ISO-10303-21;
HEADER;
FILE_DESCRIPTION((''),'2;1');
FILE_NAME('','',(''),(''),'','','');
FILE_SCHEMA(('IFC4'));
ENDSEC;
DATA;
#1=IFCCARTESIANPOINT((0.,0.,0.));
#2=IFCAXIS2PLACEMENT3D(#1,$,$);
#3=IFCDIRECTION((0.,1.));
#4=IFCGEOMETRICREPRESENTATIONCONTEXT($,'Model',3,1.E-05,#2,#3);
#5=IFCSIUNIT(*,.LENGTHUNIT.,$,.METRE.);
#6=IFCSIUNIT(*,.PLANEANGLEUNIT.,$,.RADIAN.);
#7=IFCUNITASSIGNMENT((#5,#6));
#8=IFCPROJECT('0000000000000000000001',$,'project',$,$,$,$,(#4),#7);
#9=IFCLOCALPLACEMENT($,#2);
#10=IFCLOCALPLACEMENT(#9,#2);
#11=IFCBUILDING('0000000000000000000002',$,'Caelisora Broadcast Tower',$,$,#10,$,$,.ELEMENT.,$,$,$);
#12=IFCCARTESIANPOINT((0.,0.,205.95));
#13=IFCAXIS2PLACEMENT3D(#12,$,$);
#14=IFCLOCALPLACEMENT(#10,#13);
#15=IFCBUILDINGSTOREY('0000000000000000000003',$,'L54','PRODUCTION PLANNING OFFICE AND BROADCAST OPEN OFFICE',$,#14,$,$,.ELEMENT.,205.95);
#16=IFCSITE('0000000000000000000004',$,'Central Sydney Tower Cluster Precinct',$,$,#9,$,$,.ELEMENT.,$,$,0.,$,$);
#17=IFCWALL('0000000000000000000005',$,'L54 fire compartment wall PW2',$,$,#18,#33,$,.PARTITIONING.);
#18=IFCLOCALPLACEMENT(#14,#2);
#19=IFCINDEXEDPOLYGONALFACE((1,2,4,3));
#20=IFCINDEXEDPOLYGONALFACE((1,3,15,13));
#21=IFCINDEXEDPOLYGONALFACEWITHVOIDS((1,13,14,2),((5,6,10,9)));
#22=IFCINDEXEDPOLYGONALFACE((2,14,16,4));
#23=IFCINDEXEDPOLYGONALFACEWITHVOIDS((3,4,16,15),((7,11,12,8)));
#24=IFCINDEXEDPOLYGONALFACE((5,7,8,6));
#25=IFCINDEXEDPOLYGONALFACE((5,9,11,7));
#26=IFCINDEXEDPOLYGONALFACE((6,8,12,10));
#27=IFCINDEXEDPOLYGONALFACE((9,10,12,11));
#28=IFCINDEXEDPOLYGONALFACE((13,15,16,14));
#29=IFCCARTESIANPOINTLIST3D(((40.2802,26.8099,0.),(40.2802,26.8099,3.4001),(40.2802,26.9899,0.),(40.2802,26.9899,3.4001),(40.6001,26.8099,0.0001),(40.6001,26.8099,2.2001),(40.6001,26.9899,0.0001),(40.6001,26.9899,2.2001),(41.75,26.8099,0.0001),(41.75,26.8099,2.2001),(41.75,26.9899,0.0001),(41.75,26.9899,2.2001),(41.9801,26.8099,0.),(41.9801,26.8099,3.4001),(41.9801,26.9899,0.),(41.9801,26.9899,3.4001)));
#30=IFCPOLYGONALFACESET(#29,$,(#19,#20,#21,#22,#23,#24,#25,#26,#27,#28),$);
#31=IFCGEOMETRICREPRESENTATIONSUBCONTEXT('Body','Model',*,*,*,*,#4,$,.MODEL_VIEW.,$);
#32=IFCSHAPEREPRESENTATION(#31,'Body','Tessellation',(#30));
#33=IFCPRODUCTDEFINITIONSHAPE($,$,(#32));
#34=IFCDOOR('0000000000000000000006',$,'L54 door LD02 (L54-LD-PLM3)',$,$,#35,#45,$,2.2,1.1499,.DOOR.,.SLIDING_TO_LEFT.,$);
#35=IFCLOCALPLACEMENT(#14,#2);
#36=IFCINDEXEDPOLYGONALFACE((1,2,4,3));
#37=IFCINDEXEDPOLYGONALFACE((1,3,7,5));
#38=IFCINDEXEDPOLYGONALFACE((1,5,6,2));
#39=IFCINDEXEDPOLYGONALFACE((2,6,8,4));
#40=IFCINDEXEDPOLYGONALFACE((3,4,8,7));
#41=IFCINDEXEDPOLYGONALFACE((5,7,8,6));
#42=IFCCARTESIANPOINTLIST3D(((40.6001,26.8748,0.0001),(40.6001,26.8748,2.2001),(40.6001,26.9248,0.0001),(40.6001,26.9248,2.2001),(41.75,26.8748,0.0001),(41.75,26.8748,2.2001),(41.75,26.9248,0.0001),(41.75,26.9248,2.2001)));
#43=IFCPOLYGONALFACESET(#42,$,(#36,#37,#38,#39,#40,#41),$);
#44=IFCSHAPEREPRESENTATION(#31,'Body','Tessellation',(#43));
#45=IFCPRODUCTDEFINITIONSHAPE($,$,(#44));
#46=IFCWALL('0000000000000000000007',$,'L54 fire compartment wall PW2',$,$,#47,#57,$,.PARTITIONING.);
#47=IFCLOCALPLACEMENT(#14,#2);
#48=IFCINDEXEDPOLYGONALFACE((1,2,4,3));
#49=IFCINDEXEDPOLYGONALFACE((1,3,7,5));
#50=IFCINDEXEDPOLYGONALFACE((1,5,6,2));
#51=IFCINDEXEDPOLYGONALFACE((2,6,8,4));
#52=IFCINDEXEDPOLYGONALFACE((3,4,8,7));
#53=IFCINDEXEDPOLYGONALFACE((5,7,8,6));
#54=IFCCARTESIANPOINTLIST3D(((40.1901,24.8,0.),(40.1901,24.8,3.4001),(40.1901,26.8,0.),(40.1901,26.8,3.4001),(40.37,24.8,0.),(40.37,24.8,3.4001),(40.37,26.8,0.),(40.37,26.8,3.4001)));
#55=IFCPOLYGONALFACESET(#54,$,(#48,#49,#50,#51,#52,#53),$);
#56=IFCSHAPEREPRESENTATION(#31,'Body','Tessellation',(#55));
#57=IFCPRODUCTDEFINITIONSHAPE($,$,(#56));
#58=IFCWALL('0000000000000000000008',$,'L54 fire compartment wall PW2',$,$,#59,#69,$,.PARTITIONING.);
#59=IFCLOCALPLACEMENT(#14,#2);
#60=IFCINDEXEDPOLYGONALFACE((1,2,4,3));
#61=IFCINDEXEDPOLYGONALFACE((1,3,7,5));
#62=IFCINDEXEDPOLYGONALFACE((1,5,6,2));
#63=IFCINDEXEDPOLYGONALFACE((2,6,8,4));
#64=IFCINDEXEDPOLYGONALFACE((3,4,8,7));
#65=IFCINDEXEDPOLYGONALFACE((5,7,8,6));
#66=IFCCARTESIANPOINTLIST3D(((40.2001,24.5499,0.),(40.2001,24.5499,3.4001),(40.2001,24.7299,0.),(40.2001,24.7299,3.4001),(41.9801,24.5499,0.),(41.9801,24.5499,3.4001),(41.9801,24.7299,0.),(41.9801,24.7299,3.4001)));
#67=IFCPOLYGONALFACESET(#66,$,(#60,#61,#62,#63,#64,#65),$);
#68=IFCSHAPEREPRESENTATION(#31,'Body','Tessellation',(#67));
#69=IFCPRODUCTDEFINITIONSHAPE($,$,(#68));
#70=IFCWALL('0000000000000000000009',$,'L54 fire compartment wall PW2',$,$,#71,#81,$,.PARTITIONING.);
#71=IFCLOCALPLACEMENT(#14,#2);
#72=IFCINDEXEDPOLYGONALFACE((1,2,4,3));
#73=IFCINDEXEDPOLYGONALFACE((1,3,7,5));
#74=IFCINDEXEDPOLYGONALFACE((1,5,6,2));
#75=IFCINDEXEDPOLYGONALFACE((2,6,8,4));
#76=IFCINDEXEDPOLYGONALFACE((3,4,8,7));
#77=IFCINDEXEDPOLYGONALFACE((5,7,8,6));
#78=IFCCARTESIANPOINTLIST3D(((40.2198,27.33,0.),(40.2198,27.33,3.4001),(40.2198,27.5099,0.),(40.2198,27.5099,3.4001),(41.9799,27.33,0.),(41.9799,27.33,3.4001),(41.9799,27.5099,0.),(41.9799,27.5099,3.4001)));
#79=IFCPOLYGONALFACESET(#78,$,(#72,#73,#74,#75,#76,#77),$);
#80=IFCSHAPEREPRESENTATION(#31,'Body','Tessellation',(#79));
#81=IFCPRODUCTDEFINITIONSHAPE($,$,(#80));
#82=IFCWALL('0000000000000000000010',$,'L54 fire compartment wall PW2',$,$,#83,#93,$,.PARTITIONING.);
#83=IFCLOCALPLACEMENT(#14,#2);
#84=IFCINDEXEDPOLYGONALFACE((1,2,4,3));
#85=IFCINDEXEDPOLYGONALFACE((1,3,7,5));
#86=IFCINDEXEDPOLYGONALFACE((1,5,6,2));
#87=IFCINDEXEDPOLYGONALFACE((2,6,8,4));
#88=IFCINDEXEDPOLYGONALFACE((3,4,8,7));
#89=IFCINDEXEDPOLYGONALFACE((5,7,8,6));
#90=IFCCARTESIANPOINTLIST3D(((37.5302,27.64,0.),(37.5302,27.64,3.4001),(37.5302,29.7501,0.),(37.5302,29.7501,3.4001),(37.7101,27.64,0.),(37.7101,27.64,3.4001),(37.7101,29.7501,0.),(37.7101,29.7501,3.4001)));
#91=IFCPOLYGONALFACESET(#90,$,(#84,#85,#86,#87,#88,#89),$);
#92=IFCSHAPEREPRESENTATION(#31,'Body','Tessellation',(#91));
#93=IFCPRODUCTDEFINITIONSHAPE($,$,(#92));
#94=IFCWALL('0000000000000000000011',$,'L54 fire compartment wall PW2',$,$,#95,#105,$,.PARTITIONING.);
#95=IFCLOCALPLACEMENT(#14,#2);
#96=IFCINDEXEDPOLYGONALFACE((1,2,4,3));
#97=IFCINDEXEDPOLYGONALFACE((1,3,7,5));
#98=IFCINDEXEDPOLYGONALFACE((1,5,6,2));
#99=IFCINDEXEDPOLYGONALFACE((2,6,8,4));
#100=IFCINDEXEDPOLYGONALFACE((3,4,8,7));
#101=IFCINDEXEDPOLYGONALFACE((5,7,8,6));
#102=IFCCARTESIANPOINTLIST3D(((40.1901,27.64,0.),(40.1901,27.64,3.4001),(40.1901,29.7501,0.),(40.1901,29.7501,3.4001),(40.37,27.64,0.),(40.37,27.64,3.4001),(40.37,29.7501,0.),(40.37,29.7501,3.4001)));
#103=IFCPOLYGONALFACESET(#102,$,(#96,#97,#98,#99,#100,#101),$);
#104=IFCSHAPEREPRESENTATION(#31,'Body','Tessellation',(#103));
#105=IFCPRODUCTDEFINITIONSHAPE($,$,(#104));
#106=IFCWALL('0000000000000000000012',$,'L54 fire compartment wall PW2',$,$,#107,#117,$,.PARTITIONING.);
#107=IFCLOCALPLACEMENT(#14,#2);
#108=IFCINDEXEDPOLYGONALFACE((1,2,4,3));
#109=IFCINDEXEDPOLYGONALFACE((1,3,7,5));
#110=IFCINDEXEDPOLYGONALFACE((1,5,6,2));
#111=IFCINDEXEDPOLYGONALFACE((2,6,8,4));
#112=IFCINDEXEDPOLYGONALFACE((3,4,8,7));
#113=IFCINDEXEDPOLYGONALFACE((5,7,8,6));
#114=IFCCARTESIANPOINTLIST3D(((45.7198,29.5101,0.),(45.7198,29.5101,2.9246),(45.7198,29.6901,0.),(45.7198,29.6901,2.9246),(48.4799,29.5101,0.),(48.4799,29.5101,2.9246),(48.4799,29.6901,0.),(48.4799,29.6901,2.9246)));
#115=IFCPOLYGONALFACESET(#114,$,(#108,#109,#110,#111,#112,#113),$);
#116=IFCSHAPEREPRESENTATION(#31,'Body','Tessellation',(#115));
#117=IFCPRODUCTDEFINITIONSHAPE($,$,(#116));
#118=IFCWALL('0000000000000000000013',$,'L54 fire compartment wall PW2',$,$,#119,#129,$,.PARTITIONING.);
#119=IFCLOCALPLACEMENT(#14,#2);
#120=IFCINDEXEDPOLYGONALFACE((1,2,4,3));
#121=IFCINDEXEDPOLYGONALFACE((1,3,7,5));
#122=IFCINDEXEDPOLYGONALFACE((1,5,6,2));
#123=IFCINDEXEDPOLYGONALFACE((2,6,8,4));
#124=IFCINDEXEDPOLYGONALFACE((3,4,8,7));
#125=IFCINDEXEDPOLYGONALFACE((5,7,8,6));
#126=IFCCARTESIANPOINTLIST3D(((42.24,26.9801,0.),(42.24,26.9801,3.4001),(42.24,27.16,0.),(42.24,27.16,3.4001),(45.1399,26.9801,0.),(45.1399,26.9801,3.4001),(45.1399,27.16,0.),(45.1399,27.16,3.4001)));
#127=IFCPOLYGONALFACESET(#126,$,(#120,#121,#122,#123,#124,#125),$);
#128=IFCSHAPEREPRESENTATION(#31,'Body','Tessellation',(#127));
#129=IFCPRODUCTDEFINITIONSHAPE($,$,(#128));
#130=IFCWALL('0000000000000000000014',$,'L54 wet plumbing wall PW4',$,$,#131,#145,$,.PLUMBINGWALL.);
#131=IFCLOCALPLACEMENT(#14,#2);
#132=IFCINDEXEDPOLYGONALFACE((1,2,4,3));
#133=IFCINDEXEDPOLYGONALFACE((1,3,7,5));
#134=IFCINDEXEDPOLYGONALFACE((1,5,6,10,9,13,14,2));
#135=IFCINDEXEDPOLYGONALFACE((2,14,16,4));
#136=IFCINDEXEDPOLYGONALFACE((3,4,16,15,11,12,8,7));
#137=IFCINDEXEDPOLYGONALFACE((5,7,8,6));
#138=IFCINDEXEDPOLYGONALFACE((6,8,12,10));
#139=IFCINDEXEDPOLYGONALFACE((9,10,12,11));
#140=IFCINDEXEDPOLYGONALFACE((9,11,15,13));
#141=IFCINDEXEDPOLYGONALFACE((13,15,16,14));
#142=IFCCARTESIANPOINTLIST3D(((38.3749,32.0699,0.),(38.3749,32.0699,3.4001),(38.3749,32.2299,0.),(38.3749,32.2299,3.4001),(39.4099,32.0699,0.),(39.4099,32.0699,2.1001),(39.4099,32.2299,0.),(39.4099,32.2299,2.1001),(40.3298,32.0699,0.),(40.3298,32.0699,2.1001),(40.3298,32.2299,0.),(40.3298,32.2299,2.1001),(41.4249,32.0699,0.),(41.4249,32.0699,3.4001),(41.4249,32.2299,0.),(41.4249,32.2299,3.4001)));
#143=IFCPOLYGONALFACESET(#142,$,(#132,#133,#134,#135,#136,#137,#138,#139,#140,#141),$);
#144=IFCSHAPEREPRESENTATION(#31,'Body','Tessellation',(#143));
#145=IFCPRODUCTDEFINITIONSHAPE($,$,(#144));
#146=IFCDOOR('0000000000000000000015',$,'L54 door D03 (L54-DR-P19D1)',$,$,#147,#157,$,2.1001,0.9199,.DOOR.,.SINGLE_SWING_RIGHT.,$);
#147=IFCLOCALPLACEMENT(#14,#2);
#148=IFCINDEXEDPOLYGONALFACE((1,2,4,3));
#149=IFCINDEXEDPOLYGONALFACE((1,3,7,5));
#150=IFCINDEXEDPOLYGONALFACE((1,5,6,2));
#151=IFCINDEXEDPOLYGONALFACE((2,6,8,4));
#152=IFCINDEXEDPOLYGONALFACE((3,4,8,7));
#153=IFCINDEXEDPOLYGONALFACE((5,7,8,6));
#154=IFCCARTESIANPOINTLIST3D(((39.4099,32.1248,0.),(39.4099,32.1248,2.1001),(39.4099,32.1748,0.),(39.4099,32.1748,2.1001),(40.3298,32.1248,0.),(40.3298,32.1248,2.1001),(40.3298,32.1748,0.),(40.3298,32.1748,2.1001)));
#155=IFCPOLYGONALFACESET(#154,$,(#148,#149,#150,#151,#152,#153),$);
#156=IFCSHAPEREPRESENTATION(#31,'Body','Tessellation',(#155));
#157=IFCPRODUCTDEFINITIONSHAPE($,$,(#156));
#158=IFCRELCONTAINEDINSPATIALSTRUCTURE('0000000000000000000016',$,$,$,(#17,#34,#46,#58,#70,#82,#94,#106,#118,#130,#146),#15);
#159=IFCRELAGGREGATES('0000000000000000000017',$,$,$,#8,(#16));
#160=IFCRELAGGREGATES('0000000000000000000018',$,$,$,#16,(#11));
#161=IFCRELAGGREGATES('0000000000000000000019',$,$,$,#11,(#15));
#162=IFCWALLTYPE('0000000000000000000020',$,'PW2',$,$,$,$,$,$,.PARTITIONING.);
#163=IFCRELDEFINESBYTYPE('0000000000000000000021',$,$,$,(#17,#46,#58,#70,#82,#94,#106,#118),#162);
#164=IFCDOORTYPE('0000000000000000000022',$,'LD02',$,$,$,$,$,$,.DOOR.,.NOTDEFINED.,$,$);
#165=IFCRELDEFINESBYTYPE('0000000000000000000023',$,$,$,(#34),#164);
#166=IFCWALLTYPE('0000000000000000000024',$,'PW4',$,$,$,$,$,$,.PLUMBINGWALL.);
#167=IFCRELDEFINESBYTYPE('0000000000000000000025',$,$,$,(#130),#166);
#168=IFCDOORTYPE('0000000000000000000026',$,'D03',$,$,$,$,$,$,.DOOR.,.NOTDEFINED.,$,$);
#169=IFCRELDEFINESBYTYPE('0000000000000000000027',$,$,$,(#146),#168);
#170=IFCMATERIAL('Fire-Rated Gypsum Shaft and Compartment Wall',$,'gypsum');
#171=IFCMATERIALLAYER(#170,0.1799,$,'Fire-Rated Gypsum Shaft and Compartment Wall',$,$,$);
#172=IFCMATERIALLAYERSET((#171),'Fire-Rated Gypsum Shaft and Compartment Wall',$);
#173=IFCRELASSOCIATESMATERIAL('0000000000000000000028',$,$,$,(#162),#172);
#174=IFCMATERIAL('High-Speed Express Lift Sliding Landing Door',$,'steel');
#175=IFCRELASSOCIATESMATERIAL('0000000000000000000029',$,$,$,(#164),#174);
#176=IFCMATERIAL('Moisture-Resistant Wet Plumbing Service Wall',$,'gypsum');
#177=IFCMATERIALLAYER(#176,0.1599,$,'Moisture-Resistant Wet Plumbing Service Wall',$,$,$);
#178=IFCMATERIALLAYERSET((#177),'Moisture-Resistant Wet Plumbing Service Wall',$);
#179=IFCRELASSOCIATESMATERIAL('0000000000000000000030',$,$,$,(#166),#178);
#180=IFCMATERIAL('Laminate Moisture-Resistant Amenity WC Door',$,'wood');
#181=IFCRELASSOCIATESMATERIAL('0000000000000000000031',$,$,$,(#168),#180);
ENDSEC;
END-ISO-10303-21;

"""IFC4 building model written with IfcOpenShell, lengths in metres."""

from ifc_helpers import new_model, si_unit, direction, frame, frame_2d, origin, place, context, subcontext, project, spatial, rectangle, extrude, material, layer, layer_set, type_object, element, fill, save


model = new_model("IFC4")

# Units and contexts
model_context = context("Model", 3, precision=1e-05, world=origin(), true_north=direction((0.0, 1.0)))
body_context = subcontext(model_context, "Body", "Model", "MODEL_VIEW")
ifc_project = project(units=[si_unit("LENGTHUNIT", "METRE"), si_unit("PLANEANGLEUNIT", "RADIAN")], contexts=[model_context])

# Site, building, storey
site_placement = place(None, origin())
site = spatial("IfcSite", under=ifc_project, at=site_placement, Name="Central Sydney Tower Cluster Precinct", CompositionType="ELEMENT", RefElevation=0.0)
building_placement = place(site_placement, origin())
building = spatial("IfcBuilding", under=site, at=building_placement, Name="Caelisora Broadcast Tower", CompositionType="ELEMENT")
storey_placement = place(building_placement, frame((0.0, 0.0, 205.95)))
storey = spatial("IfcBuildingStorey", under=building, at=storey_placement, Name="L54", Description="PRODUCTION PLANNING OFFICE AND BROADCAST OPEN OFFICE", CompositionType="ELEMENT", Elevation=205.95)

# Wall, opening, door
ifc_material_1 = material(Name="Fire-Rated Gypsum Shaft and Compartment Wall", Category="gypsum")
ifc_layer_1 = layer(ifc_material_1, 0.1799, Name="Fire-Rated Gypsum Shaft and Compartment Wall")
ifc_layer_set_1 = layer_set([ifc_layer_1], Name="Fire-Rated Gypsum Shaft and Compartment Wall")
wall_type_1 = type_object("IfcWallType", Name="PW2", PredefinedType="PARTITIONING", material=ifc_layer_set_1)
wall_1_placement = place(storey_placement, frame((40.28, 26.8999, 0.0), z_axis=(0.0, 0.0, 1.0), x_axis=(1.0, 0.0, 0.0)))
wall_1 = element("IfcWall", 1, at=wall_1_placement, inside=storey, type_object=wall_type_1, Name="L54 fire compartment wall PW2", PredefinedType="PARTITIONING", context=body_context, shape_type="SweptSolid", body=[
    extrude(rectangle(XDim=1.7, YDim=0.1799, at=frame_2d((0.8501, 0.0))), origin(), (0.0, 0.0, 1.0), 3.4001),
])
opening_1_placement = place(wall_1_placement, frame((0.3201, 0.0, 0.0)))
opening_1 = element("IfcOpeningElement", 2, at=opening_1_placement, cuts=wall_1, PredefinedType="OPENING", context=body_context, shape_type="SweptSolid", body=[
    extrude(rectangle(XDim=1.1499, YDim=2.2, at=frame_2d((0.575, 1.1001))), frame((0.0, 0.1021, 0.0), z_axis=(0.0, -1.0, 0.0), x_axis=(1.0, 0.0, 0.0)), (0.0, 0.0, 1.0), 0.2039),
])
ifc_material_2 = material(Name="High-Speed Express Lift Sliding Landing Door", Category="steel")
door_type_1 = type_object("IfcDoorType", Name="LD02", OperationType="NOTDEFINED", PredefinedType="DOOR", material=ifc_material_2)
door_1_placement = place(opening_1_placement, origin())
door_1 = element("IfcDoor", 3, at=door_1_placement, inside=storey, type_object=door_type_1, Name="L54 door LD02 (L54-LD-PLM3)", OperationType="SLIDING_TO_LEFT", OverallHeight=2.2, OverallWidth=1.1499, PredefinedType="DOOR", context=body_context, shape_type="SweptSolid", body=[
    extrude(rectangle(XDim=1.1499, YDim=2.2, at=frame_2d((0.575, 1.1001))), frame((0.0, 0.0249, 0.0), z_axis=(0.0, -1.0, 0.0), x_axis=(1.0, 0.0, 0.0)), (0.0, 0.0, 1.0), 0.05),
])
fill(opening_1, door_1)

# Walls
wall_2_placement = place(storey_placement, frame((40.28, 24.8, 0.0), z_axis=(0.0, 0.0, 1.0), x_axis=(0.0, 1.0, 0.0)))
element("IfcWall", 4, at=wall_2_placement, inside=storey, type_object=wall_type_1, Name="L54 fire compartment wall PW2", PredefinedType="PARTITIONING", context=body_context, shape_type="SweptSolid", body=[
    extrude(rectangle(XDim=2.0, YDim=0.1799, at=frame_2d((1.0, 0.0))), origin(), (0.0, 0.0, 1.0), 3.4001),
])
wall_3_placement = place(storey_placement, frame((40.2, 24.6399, 0.0), z_axis=(0.0, 0.0, 1.0), x_axis=(1.0, 0.0, 0.0)))
element("IfcWall", 5, at=wall_3_placement, inside=storey, type_object=wall_type_1, Name="L54 fire compartment wall PW2", PredefinedType="PARTITIONING", context=body_context, shape_type="SweptSolid", body=[
    extrude(rectangle(XDim=1.78, YDim=0.1799, at=frame_2d((0.8901, 0.0))), origin(), (0.0, 0.0, 1.0), 3.4001),
])
wall_4_placement = place(storey_placement, frame((40.22, 27.4199, 0.0), z_axis=(0.0, 0.0, 1.0), x_axis=(1.0, 0.0, 0.0)))
element("IfcWall", 6, at=wall_4_placement, inside=storey, type_object=wall_type_1, Name="L54 fire compartment wall PW2", PredefinedType="PARTITIONING", context=body_context, shape_type="SweptSolid", body=[
    extrude(rectangle(XDim=1.76, YDim=0.1799, at=frame_2d((0.8799, 0.0))), origin(), (0.0, 0.0, 1.0), 3.4001),
])
for number, where, z_axis, x_axis, name in (
    (7, (37.6201, 27.6399, 0.0), (0.0, 0.0, 1.0), (0.0, 1.0, 0.0), "L54 fire compartment wall PW2"),
    (8, (40.28, 27.6399, 0.0), (0.0, 0.0, 1.0), (0.0, 1.0, 0.0), "L54 fire compartment wall PW2"),
):
    element("IfcWall", number, at=place(storey_placement, frame(where, z_axis=z_axis, x_axis=x_axis)), inside=storey, type_object=wall_type_1, Name=name, PredefinedType="PARTITIONING", context=body_context, shape_type="SweptSolid", body=[
        extrude(rectangle(XDim=2.1101, YDim=0.1799, at=frame_2d((1.0552, 0.0))), origin(), (0.0, 0.0, 1.0), 3.4001),
    ])
wall_5_placement = place(storey_placement, frame((45.72, 29.6001, 0.0), z_axis=(0.0, 0.0, 1.0), x_axis=(1.0, 0.0, 0.0)))
element("IfcWall", 9, at=wall_5_placement, inside=storey, type_object=wall_type_1, Name="L54 fire compartment wall PW2", PredefinedType="PARTITIONING", context=body_context, shape_type="SweptSolid", body=[
    extrude(rectangle(XDim=2.76, YDim=0.1799, at=frame_2d((1.3799, 0.0))), origin(), (0.0, 0.0, 1.0), 2.9246),
])
wall_6_placement = place(storey_placement, frame((42.24, 27.0701, 0.0), z_axis=(0.0, 0.0, 1.0), x_axis=(1.0, 0.0, 0.0)))
element("IfcWall", 10, at=wall_6_placement, inside=storey, type_object=wall_type_1, Name="L54 fire compartment wall PW2", PredefinedType="PARTITIONING", context=body_context, shape_type="SweptSolid", body=[
    extrude(rectangle(XDim=2.8999, YDim=0.1799, at=frame_2d((1.45, 0.0))), origin(), (0.0, 0.0, 1.0), 3.4001),
])

# Wall, opening, door
ifc_material_3 = material(Name="Moisture-Resistant Wet Plumbing Service Wall", Category="gypsum")
ifc_layer_2 = layer(ifc_material_3, 0.1599, Name="Moisture-Resistant Wet Plumbing Service Wall")
ifc_layer_set_2 = layer_set([ifc_layer_2], Name="Moisture-Resistant Wet Plumbing Service Wall")
wall_type_2 = type_object("IfcWallType", Name="PW4", PredefinedType="PLUMBINGWALL", material=ifc_layer_set_2)
wall_7_placement = place(storey_placement, frame((38.375, 32.1499, 0.0), z_axis=(0.0, 0.0, 1.0), x_axis=(1.0, 0.0, 0.0)))
wall_7 = element("IfcWall", 11, at=wall_7_placement, inside=storey, type_object=wall_type_2, Name="L54 wet plumbing wall PW4", PredefinedType="PLUMBINGWALL", context=body_context, shape_type="SweptSolid", body=[
    extrude(rectangle(XDim=3.05, YDim=0.1599, at=frame_2d((1.5249, 0.0))), origin(), (0.0, 0.0, 1.0), 3.4001),
])
opening_2_placement = place(wall_7_placement, frame((1.0349, 0.0, 0.0)))
opening_2 = element("IfcOpeningElement", 12, at=opening_2_placement, cuts=wall_7, PredefinedType="OPENING", context=body_context, shape_type="SweptSolid", body=[
    extrude(rectangle(XDim=0.9199, YDim=2.1001, at=frame_2d((0.46, 1.05))), frame((0.0, 0.092, 0.0), z_axis=(0.0, -1.0, 0.0), x_axis=(1.0, 0.0, 0.0)), (0.0, 0.0, 1.0), 0.1838),
])
ifc_material_4 = material(Name="Laminate Moisture-Resistant Amenity WC Door", Category="wood")
door_type_2 = type_object("IfcDoorType", Name="D03", OperationType="NOTDEFINED", PredefinedType="DOOR", material=ifc_material_4)
door_2_placement = place(opening_2_placement, origin())
door_2 = element("IfcDoor", 13, at=door_2_placement, inside=storey, type_object=door_type_2, Name="L54 door D03 (L54-DR-P19D1)", OperationType="SINGLE_SWING_RIGHT", OverallHeight=2.1001, OverallWidth=0.9199, PredefinedType="DOOR", context=body_context, shape_type="SweptSolid", body=[
    extrude(rectangle(XDim=0.9199, YDim=2.1001, at=frame_2d((0.46, 1.05))), frame((0.0, 0.0249, 0.0), z_axis=(0.0, -1.0, 0.0), x_axis=(1.0, 0.0, 0.0)), (0.0, 0.0, 1.0), 0.05),
])
fill(opening_2, door_2)

save(model, "model.ifc")
